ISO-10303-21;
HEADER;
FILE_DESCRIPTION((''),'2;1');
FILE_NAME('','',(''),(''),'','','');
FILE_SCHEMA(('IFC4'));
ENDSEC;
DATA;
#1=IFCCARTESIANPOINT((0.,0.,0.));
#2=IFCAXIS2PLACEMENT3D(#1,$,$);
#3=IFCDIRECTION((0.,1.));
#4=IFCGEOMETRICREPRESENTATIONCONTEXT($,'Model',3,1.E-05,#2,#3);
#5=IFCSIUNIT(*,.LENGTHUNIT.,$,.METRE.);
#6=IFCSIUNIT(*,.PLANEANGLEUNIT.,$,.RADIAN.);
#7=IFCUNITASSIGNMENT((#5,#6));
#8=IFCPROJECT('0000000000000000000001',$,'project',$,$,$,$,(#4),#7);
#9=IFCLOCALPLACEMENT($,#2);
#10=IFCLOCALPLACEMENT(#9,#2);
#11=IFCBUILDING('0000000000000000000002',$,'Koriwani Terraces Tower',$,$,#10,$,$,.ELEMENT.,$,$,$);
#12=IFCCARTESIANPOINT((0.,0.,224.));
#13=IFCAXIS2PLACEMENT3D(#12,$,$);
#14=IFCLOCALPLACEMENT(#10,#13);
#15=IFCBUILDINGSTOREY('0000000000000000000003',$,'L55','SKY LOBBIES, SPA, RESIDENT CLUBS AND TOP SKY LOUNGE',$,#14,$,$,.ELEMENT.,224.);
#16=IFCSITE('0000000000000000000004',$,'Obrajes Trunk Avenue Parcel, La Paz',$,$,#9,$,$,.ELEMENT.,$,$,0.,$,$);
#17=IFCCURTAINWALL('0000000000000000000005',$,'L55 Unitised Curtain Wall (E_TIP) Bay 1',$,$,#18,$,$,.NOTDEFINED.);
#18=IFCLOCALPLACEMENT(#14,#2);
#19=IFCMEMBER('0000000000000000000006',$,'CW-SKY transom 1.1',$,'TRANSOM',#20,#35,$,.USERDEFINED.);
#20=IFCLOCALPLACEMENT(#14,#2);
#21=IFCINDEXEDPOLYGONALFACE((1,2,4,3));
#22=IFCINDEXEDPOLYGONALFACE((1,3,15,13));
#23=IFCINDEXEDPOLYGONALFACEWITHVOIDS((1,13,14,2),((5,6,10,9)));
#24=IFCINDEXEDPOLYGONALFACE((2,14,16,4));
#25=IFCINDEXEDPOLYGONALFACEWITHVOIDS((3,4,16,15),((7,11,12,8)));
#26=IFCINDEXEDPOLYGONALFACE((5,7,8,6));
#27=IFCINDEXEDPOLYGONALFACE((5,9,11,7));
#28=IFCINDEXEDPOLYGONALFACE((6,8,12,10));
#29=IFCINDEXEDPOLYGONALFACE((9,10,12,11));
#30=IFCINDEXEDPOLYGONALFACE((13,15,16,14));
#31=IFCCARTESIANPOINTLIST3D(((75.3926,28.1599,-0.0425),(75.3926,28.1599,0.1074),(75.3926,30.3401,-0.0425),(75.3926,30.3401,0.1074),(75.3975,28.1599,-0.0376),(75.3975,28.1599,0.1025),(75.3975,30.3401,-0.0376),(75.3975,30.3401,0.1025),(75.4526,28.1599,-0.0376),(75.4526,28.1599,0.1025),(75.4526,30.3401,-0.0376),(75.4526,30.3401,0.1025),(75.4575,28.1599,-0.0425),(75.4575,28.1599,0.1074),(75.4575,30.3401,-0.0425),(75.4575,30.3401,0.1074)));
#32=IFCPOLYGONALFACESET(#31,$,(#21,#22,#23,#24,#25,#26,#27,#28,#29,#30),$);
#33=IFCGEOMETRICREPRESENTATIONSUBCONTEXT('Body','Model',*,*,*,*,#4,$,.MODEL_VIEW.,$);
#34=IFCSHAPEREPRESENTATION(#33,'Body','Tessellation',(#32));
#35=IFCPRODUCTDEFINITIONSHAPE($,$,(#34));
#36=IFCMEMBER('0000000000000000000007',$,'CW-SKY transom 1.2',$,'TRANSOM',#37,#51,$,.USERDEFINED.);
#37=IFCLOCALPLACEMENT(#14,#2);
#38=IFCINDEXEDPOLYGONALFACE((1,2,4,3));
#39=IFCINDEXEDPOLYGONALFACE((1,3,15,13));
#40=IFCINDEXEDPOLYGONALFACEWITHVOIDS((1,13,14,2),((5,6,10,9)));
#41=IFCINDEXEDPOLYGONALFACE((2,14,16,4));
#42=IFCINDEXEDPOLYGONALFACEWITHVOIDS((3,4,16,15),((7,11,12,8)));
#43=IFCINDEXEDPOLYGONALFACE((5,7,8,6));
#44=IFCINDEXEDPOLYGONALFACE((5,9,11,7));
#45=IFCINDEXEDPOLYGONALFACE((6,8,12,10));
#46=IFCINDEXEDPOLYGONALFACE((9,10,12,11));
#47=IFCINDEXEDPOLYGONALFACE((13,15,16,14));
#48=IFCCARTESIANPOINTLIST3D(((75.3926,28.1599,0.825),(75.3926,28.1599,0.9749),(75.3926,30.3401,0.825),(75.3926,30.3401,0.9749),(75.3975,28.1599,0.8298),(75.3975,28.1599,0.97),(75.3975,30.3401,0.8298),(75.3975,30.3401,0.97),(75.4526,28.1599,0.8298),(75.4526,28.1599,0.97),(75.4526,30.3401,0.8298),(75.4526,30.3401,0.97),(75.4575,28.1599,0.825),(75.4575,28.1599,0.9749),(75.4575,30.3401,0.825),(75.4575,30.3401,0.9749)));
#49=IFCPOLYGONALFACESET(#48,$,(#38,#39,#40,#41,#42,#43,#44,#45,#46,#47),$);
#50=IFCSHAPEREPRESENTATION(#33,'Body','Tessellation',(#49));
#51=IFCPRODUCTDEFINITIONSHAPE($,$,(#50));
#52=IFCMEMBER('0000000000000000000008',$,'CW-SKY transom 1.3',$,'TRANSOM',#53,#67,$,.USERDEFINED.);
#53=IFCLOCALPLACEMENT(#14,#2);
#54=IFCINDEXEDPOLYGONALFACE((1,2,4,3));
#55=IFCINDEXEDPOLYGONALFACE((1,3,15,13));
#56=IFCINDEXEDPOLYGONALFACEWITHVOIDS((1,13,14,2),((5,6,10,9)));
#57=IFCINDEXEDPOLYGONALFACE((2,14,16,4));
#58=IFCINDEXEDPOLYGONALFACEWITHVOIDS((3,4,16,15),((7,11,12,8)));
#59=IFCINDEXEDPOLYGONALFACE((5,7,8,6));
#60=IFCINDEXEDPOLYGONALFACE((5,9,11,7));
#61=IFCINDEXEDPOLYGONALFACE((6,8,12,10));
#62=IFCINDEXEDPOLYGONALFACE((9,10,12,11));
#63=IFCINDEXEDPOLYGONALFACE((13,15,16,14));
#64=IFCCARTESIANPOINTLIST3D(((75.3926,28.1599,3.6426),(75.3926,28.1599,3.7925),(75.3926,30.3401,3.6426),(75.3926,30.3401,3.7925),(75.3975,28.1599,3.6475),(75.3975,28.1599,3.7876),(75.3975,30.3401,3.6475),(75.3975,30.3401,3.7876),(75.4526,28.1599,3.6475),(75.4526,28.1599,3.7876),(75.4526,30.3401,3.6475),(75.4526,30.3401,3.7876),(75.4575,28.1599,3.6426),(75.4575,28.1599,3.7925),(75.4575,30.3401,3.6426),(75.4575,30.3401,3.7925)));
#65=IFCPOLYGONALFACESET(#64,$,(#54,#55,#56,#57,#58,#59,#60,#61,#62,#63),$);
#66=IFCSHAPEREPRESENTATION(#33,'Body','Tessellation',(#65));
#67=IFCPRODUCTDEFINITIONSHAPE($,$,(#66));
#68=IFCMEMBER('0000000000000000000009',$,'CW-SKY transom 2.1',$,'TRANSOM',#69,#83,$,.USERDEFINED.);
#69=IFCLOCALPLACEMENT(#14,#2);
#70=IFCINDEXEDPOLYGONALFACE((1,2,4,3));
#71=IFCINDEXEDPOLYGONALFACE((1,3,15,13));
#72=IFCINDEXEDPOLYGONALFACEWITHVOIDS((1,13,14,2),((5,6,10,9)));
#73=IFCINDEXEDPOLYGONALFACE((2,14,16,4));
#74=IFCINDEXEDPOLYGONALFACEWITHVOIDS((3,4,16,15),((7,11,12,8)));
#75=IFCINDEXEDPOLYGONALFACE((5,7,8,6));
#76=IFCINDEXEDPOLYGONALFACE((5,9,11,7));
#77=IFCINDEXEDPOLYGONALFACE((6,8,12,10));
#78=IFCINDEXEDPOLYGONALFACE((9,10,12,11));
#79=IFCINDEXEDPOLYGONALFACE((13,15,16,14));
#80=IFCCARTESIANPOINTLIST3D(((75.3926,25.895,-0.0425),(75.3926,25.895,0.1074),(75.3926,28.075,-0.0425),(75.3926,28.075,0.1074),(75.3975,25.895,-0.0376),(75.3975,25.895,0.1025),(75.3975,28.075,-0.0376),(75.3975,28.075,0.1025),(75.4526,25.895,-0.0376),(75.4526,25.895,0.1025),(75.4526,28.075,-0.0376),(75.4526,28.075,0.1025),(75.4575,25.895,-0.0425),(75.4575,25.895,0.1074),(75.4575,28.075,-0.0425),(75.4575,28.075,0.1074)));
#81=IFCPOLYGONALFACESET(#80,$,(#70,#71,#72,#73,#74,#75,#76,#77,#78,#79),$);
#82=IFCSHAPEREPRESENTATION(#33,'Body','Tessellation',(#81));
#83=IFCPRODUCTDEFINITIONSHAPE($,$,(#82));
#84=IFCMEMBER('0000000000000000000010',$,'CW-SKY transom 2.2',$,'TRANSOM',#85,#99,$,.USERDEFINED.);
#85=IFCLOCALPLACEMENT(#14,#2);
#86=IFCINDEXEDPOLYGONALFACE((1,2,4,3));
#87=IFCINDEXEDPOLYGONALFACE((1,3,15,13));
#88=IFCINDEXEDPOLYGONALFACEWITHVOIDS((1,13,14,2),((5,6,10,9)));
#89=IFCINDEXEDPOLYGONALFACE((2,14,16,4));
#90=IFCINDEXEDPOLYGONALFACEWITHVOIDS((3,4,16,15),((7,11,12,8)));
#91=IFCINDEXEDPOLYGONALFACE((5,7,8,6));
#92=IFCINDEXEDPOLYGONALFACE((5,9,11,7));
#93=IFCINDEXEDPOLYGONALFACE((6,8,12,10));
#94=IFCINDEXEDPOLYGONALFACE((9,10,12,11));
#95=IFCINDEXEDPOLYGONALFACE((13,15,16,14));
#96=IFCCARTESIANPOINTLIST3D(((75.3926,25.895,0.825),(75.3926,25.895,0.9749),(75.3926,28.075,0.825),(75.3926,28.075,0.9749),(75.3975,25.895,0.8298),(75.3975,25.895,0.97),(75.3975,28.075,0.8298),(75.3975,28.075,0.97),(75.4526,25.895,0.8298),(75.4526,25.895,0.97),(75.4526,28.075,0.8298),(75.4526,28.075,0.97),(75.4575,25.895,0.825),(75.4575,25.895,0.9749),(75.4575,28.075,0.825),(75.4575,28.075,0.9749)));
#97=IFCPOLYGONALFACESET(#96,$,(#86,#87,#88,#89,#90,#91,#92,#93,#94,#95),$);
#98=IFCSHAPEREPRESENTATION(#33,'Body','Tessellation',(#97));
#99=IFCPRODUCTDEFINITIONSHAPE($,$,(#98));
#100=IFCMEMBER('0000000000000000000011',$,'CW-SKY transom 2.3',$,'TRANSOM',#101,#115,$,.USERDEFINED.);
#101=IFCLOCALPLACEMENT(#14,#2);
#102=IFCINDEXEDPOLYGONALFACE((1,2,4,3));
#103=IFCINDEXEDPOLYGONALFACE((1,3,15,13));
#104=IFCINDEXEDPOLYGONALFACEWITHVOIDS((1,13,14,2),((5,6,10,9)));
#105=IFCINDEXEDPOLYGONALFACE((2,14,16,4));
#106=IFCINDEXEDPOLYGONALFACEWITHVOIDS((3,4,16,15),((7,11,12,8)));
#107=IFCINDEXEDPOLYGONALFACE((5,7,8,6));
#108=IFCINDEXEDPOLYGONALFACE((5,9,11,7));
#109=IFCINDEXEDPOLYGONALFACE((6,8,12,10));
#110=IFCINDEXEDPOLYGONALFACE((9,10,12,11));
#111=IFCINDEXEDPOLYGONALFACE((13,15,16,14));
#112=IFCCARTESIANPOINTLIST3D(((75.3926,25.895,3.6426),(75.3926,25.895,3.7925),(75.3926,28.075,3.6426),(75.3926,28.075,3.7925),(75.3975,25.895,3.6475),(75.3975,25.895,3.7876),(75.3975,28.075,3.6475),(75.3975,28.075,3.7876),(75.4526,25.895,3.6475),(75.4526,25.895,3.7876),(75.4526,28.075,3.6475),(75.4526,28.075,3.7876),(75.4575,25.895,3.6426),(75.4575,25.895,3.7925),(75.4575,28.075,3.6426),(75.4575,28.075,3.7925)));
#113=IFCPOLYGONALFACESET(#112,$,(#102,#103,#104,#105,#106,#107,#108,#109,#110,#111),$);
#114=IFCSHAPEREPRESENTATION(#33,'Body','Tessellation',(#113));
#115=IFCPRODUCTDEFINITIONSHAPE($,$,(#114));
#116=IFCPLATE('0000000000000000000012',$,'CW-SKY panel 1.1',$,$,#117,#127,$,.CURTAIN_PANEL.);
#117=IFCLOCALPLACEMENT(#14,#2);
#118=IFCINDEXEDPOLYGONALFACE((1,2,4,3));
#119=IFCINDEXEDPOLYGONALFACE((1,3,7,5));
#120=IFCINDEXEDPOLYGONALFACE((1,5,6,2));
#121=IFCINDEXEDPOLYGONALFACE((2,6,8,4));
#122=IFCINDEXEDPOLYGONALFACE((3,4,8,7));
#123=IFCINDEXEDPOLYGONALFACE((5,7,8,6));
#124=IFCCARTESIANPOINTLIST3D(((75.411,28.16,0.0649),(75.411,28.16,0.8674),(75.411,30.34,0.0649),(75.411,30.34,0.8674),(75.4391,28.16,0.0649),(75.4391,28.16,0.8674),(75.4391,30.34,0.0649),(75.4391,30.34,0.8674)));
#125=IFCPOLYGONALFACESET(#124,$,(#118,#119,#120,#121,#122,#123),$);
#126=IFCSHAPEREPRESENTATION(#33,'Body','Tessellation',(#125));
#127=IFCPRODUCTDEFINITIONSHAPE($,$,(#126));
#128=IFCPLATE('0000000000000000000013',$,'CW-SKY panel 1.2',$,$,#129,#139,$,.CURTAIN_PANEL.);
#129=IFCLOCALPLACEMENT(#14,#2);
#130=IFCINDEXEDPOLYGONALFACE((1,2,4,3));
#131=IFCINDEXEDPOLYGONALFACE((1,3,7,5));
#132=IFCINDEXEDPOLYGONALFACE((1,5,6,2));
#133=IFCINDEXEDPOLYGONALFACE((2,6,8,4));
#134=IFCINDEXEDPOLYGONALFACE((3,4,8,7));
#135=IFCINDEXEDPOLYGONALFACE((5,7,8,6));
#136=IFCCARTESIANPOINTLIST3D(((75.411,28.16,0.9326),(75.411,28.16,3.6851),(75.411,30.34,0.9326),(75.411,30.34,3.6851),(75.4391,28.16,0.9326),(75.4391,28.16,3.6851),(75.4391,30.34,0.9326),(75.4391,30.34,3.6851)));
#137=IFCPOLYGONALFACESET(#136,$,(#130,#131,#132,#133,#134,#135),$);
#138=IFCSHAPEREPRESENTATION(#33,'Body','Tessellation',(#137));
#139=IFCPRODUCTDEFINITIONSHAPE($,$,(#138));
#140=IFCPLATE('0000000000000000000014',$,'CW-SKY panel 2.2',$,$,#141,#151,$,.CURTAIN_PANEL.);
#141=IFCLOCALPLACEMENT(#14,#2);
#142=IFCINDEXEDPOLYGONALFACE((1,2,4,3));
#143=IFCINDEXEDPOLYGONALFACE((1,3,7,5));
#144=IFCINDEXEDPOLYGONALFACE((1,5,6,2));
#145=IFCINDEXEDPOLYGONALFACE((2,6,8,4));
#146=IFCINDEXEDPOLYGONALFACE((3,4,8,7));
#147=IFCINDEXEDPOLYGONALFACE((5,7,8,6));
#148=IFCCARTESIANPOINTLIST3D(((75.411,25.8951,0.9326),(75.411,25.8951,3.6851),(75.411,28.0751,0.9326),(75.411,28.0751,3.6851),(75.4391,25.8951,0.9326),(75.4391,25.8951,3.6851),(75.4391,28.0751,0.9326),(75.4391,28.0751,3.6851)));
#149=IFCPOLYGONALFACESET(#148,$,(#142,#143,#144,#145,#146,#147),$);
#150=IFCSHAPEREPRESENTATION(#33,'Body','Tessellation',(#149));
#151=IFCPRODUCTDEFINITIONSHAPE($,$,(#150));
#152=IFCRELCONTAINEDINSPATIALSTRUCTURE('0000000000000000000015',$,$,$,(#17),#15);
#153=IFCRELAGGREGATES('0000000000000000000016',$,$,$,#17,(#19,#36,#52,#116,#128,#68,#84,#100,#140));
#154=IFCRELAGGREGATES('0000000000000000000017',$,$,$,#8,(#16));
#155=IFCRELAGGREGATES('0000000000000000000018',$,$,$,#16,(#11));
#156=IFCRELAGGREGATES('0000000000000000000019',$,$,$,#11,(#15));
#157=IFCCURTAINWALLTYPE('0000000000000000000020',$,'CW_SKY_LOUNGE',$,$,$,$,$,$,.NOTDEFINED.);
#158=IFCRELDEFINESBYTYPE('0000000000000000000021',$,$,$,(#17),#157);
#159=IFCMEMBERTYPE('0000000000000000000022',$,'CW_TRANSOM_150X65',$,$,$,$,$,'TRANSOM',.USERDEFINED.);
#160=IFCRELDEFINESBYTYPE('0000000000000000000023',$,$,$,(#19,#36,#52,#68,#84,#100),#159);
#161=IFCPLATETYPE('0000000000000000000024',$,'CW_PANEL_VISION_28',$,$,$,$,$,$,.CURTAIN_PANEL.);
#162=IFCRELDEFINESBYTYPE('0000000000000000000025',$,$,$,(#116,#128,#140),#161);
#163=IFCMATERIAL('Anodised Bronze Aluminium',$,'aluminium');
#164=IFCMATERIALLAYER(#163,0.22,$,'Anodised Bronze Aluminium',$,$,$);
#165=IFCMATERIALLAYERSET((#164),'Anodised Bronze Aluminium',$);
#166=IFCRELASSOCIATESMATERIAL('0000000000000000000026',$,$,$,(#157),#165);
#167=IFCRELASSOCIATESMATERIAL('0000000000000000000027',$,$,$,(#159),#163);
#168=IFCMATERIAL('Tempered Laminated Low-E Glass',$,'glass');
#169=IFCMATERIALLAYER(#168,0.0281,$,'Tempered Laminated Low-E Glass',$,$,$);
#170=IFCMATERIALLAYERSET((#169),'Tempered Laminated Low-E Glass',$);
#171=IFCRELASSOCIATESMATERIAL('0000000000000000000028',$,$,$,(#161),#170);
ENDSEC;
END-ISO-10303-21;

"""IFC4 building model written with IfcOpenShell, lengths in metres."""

from ifc_helpers import new_model, si_unit, direction, frame, origin, origin_2d, place, context, subcontext, project, spatial, rectangle, hollow_rectangle, extrude, material, layer, layer_set, material_profile, profile_set, type_object, element, aggregate, save


model = new_model("IFC4")

# Units and contexts
model_context = context("Model", 3, precision=1e-05, world=origin(), true_north=direction((0.0, 1.0)))
body_context = subcontext(model_context, "Body", "Model", "MODEL_VIEW")
ifc_project = project(units=[si_unit("LENGTHUNIT", "METRE"), si_unit("PLANEANGLEUNIT", "RADIAN")], contexts=[model_context])

# Site, building, storey
site_placement = place(None, origin())
site = spatial("IfcSite", under=ifc_project, at=site_placement, Name="Obrajes Trunk Avenue Parcel, La Paz", CompositionType="ELEMENT", RefElevation=0.0)
building_placement = place(site_placement, origin())
building = spatial("IfcBuilding", under=site, at=building_placement, Name="Koriwani Terraces Tower", CompositionType="ELEMENT")
storey_placement = place(building_placement, frame((0.0, 0.0, 224.0)))
storey = spatial("IfcBuildingStorey", under=building, at=storey_placement, Name="L55", Description="SKY LOBBIES, SPA, RESIDENT CLUBS AND TOP SKY LOUNGE", CompositionType="ELEMENT", Elevation=224.0)

# Curtain wall, members, plates
ifc_material_1 = material(Name="Anodised Bronze Aluminium", Category="aluminium")
ifc_layer_1 = layer(ifc_material_1, 0.22, Name="Anodised Bronze Aluminium")
ifc_layer_set_1 = layer_set([ifc_layer_1], Name="Anodised Bronze Aluminium")
curtain_wall_type = type_object("IfcCurtainWallType", Name="CW_SKY_LOUNGE", PredefinedType="NOTDEFINED", material=ifc_layer_set_1)
curtain_wall_placement = place(storey_placement, origin())
curtain_wall = element("IfcCurtainWall", 1, at=curtain_wall_placement, inside=storey, type_object=curtain_wall_type, Name="L55 Unitised Curtain Wall (E_TIP) Bay 1", PredefinedType="NOTDEFINED")
ifc_material_profile_1 = material_profile(ifc_material_1, hollow_rectangle(XDim=0.0649, YDim=0.1499, WallThickness=0.0049, at=origin_2d()), Name="Anodised Bronze Aluminium", Category="LoadBearing")
ifc_profile_set_1 = profile_set([ifc_material_profile_1], Name="Anodised Bronze Aluminium")
member_type_1 = type_object("IfcMemberType", Name="CW_TRANSOM_150X65", ElementType="TRANSOM", PredefinedType="USERDEFINED", material=ifc_profile_set_1)
member_1_placement = place(storey_placement, frame((75.425, 30.3401, 0.0325), z_axis=(0.0, -1.0, 0.0), x_axis=(1.0, 0.0, 0.0)))
member_1 = element("IfcMember", 2, at=member_1_placement, type_object=member_type_1, Name="CW-SKY transom 1.1", ObjectType="TRANSOM", PredefinedType="USERDEFINED", context=body_context, shape_type="SweptSolid", body=[
    extrude(hollow_rectangle(XDim=0.0649, YDim=0.1499, WallThickness=0.0049, at=origin_2d()), origin(), (0.0, 0.0, 1.0), 2.1802),
])
member_2_placement = place(storey_placement, frame((75.425, 30.3401, 0.8999), z_axis=(0.0, -1.0, 0.0), x_axis=(1.0, 0.0, 0.0)))
member_2 = element("IfcMember", 3, at=member_2_placement, type_object=member_type_1, Name="CW-SKY transom 1.2", ObjectType="TRANSOM", PredefinedType="USERDEFINED", context=body_context, shape_type="SweptSolid", body=[
    extrude(hollow_rectangle(XDim=0.0649, YDim=0.1499, WallThickness=0.0049, at=origin_2d()), origin(), (0.0, 0.0, 1.0), 2.1802),
])
member_3_placement = place(storey_placement, frame((75.425, 30.3401, 3.7175), z_axis=(0.0, -1.0, 0.0), x_axis=(1.0, 0.0, 0.0)))
member_3 = element("IfcMember", 4, at=member_3_placement, type_object=member_type_1, Name="CW-SKY transom 1.3", ObjectType="TRANSOM", PredefinedType="USERDEFINED", context=body_context, shape_type="SweptSolid", body=[
    extrude(hollow_rectangle(XDim=0.0649, YDim=0.1499, WallThickness=0.0049, at=origin_2d()), origin(), (0.0, 0.0, 1.0), 2.1802),
])
member_4_placement = place(storey_placement, frame((75.425, 28.075, 0.0325), z_axis=(0.0, -1.0, 0.0), x_axis=(1.0, 0.0, 0.0)))
member_4 = element("IfcMember", 5, at=member_4_placement, type_object=member_type_1, Name="CW-SKY transom 2.1", ObjectType="TRANSOM", PredefinedType="USERDEFINED", context=body_context, shape_type="SweptSolid", body=[
    extrude(hollow_rectangle(XDim=0.0649, YDim=0.1499, WallThickness=0.0049, at=origin_2d()), origin(), (0.0, 0.0, 1.0), 2.1799),
])
member_5_placement = place(storey_placement, frame((75.425, 28.075, 0.8999), z_axis=(0.0, -1.0, 0.0), x_axis=(1.0, 0.0, 0.0)))
member_5 = element("IfcMember", 6, at=member_5_placement, type_object=member_type_1, Name="CW-SKY transom 2.2", ObjectType="TRANSOM", PredefinedType="USERDEFINED", context=body_context, shape_type="SweptSolid", body=[
    extrude(hollow_rectangle(XDim=0.0649, YDim=0.1499, WallThickness=0.0049, at=origin_2d()), origin(), (0.0, 0.0, 1.0), 2.1799),
])
member_6_placement = place(storey_placement, frame((75.425, 28.075, 3.7175), z_axis=(0.0, -1.0, 0.0), x_axis=(1.0, 0.0, 0.0)))
member_6 = element("IfcMember", 7, at=member_6_placement, type_object=member_type_1, Name="CW-SKY transom 2.3", ObjectType="TRANSOM", PredefinedType="USERDEFINED", context=body_context, shape_type="SweptSolid", body=[
    extrude(hollow_rectangle(XDim=0.0649, YDim=0.1499, WallThickness=0.0049, at=origin_2d()), origin(), (0.0, 0.0, 1.0), 2.1799),
])
ifc_material_2 = material(Name="Tempered Laminated Low-E Glass", Category="glass")
ifc_layer_2 = layer(ifc_material_2, 0.0281, Name="Tempered Laminated Low-E Glass")
ifc_layer_set_2 = layer_set([ifc_layer_2], Name="Tempered Laminated Low-E Glass")
plate_type = type_object("IfcPlateType", Name="CW_PANEL_VISION_28", PredefinedType="CURTAIN_PANEL", material=ifc_layer_set_2)
plate_1_placement = place(storey_placement, frame((75.425, 29.25, 0.0649), z_axis=(0.0, 0.0, 1.0), x_axis=(0.0, -1.0, 0.0)))
plate_1 = element("IfcPlate", 8, at=plate_1_placement, type_object=plate_type, Name="CW-SKY panel 1.1", PredefinedType="CURTAIN_PANEL", context=body_context, shape_type="SweptSolid", body=[
    extrude(rectangle(XDim=2.1799, YDim=0.0281, at=origin_2d()), origin(), (0.0, 0.0, 1.0), 0.8025),
])
plate_2_placement = place(storey_placement, frame((75.425, 29.25, 0.9326), z_axis=(0.0, 0.0, 1.0), x_axis=(0.0, -1.0, 0.0)))
plate_2 = element("IfcPlate", 9, at=plate_2_placement, type_object=plate_type, Name="CW-SKY panel 1.2", PredefinedType="CURTAIN_PANEL", context=body_context, shape_type="SweptSolid", body=[
    extrude(rectangle(XDim=2.1799, YDim=0.0281, at=origin_2d()), origin(), (0.0, 0.0, 1.0), 2.7524),
])
plate_3_placement = place(storey_placement, frame((75.425, 26.9851, 0.9326), z_axis=(0.0, 0.0, 1.0), x_axis=(0.0, -1.0, 0.0)))
plate_3 = element("IfcPlate", 10, at=plate_3_placement, type_object=plate_type, Name="CW-SKY panel 2.2", PredefinedType="CURTAIN_PANEL", context=body_context, shape_type="SweptSolid", body=[
    extrude(rectangle(XDim=2.1799, YDim=0.0281, at=origin_2d()), origin(), (0.0, 0.0, 1.0), 2.7524),
])
aggregate(curtain_wall, [member_1, member_2, member_3, plate_1, plate_2, member_4, member_5, member_6, plate_3])

save(model, "model.ifc")
